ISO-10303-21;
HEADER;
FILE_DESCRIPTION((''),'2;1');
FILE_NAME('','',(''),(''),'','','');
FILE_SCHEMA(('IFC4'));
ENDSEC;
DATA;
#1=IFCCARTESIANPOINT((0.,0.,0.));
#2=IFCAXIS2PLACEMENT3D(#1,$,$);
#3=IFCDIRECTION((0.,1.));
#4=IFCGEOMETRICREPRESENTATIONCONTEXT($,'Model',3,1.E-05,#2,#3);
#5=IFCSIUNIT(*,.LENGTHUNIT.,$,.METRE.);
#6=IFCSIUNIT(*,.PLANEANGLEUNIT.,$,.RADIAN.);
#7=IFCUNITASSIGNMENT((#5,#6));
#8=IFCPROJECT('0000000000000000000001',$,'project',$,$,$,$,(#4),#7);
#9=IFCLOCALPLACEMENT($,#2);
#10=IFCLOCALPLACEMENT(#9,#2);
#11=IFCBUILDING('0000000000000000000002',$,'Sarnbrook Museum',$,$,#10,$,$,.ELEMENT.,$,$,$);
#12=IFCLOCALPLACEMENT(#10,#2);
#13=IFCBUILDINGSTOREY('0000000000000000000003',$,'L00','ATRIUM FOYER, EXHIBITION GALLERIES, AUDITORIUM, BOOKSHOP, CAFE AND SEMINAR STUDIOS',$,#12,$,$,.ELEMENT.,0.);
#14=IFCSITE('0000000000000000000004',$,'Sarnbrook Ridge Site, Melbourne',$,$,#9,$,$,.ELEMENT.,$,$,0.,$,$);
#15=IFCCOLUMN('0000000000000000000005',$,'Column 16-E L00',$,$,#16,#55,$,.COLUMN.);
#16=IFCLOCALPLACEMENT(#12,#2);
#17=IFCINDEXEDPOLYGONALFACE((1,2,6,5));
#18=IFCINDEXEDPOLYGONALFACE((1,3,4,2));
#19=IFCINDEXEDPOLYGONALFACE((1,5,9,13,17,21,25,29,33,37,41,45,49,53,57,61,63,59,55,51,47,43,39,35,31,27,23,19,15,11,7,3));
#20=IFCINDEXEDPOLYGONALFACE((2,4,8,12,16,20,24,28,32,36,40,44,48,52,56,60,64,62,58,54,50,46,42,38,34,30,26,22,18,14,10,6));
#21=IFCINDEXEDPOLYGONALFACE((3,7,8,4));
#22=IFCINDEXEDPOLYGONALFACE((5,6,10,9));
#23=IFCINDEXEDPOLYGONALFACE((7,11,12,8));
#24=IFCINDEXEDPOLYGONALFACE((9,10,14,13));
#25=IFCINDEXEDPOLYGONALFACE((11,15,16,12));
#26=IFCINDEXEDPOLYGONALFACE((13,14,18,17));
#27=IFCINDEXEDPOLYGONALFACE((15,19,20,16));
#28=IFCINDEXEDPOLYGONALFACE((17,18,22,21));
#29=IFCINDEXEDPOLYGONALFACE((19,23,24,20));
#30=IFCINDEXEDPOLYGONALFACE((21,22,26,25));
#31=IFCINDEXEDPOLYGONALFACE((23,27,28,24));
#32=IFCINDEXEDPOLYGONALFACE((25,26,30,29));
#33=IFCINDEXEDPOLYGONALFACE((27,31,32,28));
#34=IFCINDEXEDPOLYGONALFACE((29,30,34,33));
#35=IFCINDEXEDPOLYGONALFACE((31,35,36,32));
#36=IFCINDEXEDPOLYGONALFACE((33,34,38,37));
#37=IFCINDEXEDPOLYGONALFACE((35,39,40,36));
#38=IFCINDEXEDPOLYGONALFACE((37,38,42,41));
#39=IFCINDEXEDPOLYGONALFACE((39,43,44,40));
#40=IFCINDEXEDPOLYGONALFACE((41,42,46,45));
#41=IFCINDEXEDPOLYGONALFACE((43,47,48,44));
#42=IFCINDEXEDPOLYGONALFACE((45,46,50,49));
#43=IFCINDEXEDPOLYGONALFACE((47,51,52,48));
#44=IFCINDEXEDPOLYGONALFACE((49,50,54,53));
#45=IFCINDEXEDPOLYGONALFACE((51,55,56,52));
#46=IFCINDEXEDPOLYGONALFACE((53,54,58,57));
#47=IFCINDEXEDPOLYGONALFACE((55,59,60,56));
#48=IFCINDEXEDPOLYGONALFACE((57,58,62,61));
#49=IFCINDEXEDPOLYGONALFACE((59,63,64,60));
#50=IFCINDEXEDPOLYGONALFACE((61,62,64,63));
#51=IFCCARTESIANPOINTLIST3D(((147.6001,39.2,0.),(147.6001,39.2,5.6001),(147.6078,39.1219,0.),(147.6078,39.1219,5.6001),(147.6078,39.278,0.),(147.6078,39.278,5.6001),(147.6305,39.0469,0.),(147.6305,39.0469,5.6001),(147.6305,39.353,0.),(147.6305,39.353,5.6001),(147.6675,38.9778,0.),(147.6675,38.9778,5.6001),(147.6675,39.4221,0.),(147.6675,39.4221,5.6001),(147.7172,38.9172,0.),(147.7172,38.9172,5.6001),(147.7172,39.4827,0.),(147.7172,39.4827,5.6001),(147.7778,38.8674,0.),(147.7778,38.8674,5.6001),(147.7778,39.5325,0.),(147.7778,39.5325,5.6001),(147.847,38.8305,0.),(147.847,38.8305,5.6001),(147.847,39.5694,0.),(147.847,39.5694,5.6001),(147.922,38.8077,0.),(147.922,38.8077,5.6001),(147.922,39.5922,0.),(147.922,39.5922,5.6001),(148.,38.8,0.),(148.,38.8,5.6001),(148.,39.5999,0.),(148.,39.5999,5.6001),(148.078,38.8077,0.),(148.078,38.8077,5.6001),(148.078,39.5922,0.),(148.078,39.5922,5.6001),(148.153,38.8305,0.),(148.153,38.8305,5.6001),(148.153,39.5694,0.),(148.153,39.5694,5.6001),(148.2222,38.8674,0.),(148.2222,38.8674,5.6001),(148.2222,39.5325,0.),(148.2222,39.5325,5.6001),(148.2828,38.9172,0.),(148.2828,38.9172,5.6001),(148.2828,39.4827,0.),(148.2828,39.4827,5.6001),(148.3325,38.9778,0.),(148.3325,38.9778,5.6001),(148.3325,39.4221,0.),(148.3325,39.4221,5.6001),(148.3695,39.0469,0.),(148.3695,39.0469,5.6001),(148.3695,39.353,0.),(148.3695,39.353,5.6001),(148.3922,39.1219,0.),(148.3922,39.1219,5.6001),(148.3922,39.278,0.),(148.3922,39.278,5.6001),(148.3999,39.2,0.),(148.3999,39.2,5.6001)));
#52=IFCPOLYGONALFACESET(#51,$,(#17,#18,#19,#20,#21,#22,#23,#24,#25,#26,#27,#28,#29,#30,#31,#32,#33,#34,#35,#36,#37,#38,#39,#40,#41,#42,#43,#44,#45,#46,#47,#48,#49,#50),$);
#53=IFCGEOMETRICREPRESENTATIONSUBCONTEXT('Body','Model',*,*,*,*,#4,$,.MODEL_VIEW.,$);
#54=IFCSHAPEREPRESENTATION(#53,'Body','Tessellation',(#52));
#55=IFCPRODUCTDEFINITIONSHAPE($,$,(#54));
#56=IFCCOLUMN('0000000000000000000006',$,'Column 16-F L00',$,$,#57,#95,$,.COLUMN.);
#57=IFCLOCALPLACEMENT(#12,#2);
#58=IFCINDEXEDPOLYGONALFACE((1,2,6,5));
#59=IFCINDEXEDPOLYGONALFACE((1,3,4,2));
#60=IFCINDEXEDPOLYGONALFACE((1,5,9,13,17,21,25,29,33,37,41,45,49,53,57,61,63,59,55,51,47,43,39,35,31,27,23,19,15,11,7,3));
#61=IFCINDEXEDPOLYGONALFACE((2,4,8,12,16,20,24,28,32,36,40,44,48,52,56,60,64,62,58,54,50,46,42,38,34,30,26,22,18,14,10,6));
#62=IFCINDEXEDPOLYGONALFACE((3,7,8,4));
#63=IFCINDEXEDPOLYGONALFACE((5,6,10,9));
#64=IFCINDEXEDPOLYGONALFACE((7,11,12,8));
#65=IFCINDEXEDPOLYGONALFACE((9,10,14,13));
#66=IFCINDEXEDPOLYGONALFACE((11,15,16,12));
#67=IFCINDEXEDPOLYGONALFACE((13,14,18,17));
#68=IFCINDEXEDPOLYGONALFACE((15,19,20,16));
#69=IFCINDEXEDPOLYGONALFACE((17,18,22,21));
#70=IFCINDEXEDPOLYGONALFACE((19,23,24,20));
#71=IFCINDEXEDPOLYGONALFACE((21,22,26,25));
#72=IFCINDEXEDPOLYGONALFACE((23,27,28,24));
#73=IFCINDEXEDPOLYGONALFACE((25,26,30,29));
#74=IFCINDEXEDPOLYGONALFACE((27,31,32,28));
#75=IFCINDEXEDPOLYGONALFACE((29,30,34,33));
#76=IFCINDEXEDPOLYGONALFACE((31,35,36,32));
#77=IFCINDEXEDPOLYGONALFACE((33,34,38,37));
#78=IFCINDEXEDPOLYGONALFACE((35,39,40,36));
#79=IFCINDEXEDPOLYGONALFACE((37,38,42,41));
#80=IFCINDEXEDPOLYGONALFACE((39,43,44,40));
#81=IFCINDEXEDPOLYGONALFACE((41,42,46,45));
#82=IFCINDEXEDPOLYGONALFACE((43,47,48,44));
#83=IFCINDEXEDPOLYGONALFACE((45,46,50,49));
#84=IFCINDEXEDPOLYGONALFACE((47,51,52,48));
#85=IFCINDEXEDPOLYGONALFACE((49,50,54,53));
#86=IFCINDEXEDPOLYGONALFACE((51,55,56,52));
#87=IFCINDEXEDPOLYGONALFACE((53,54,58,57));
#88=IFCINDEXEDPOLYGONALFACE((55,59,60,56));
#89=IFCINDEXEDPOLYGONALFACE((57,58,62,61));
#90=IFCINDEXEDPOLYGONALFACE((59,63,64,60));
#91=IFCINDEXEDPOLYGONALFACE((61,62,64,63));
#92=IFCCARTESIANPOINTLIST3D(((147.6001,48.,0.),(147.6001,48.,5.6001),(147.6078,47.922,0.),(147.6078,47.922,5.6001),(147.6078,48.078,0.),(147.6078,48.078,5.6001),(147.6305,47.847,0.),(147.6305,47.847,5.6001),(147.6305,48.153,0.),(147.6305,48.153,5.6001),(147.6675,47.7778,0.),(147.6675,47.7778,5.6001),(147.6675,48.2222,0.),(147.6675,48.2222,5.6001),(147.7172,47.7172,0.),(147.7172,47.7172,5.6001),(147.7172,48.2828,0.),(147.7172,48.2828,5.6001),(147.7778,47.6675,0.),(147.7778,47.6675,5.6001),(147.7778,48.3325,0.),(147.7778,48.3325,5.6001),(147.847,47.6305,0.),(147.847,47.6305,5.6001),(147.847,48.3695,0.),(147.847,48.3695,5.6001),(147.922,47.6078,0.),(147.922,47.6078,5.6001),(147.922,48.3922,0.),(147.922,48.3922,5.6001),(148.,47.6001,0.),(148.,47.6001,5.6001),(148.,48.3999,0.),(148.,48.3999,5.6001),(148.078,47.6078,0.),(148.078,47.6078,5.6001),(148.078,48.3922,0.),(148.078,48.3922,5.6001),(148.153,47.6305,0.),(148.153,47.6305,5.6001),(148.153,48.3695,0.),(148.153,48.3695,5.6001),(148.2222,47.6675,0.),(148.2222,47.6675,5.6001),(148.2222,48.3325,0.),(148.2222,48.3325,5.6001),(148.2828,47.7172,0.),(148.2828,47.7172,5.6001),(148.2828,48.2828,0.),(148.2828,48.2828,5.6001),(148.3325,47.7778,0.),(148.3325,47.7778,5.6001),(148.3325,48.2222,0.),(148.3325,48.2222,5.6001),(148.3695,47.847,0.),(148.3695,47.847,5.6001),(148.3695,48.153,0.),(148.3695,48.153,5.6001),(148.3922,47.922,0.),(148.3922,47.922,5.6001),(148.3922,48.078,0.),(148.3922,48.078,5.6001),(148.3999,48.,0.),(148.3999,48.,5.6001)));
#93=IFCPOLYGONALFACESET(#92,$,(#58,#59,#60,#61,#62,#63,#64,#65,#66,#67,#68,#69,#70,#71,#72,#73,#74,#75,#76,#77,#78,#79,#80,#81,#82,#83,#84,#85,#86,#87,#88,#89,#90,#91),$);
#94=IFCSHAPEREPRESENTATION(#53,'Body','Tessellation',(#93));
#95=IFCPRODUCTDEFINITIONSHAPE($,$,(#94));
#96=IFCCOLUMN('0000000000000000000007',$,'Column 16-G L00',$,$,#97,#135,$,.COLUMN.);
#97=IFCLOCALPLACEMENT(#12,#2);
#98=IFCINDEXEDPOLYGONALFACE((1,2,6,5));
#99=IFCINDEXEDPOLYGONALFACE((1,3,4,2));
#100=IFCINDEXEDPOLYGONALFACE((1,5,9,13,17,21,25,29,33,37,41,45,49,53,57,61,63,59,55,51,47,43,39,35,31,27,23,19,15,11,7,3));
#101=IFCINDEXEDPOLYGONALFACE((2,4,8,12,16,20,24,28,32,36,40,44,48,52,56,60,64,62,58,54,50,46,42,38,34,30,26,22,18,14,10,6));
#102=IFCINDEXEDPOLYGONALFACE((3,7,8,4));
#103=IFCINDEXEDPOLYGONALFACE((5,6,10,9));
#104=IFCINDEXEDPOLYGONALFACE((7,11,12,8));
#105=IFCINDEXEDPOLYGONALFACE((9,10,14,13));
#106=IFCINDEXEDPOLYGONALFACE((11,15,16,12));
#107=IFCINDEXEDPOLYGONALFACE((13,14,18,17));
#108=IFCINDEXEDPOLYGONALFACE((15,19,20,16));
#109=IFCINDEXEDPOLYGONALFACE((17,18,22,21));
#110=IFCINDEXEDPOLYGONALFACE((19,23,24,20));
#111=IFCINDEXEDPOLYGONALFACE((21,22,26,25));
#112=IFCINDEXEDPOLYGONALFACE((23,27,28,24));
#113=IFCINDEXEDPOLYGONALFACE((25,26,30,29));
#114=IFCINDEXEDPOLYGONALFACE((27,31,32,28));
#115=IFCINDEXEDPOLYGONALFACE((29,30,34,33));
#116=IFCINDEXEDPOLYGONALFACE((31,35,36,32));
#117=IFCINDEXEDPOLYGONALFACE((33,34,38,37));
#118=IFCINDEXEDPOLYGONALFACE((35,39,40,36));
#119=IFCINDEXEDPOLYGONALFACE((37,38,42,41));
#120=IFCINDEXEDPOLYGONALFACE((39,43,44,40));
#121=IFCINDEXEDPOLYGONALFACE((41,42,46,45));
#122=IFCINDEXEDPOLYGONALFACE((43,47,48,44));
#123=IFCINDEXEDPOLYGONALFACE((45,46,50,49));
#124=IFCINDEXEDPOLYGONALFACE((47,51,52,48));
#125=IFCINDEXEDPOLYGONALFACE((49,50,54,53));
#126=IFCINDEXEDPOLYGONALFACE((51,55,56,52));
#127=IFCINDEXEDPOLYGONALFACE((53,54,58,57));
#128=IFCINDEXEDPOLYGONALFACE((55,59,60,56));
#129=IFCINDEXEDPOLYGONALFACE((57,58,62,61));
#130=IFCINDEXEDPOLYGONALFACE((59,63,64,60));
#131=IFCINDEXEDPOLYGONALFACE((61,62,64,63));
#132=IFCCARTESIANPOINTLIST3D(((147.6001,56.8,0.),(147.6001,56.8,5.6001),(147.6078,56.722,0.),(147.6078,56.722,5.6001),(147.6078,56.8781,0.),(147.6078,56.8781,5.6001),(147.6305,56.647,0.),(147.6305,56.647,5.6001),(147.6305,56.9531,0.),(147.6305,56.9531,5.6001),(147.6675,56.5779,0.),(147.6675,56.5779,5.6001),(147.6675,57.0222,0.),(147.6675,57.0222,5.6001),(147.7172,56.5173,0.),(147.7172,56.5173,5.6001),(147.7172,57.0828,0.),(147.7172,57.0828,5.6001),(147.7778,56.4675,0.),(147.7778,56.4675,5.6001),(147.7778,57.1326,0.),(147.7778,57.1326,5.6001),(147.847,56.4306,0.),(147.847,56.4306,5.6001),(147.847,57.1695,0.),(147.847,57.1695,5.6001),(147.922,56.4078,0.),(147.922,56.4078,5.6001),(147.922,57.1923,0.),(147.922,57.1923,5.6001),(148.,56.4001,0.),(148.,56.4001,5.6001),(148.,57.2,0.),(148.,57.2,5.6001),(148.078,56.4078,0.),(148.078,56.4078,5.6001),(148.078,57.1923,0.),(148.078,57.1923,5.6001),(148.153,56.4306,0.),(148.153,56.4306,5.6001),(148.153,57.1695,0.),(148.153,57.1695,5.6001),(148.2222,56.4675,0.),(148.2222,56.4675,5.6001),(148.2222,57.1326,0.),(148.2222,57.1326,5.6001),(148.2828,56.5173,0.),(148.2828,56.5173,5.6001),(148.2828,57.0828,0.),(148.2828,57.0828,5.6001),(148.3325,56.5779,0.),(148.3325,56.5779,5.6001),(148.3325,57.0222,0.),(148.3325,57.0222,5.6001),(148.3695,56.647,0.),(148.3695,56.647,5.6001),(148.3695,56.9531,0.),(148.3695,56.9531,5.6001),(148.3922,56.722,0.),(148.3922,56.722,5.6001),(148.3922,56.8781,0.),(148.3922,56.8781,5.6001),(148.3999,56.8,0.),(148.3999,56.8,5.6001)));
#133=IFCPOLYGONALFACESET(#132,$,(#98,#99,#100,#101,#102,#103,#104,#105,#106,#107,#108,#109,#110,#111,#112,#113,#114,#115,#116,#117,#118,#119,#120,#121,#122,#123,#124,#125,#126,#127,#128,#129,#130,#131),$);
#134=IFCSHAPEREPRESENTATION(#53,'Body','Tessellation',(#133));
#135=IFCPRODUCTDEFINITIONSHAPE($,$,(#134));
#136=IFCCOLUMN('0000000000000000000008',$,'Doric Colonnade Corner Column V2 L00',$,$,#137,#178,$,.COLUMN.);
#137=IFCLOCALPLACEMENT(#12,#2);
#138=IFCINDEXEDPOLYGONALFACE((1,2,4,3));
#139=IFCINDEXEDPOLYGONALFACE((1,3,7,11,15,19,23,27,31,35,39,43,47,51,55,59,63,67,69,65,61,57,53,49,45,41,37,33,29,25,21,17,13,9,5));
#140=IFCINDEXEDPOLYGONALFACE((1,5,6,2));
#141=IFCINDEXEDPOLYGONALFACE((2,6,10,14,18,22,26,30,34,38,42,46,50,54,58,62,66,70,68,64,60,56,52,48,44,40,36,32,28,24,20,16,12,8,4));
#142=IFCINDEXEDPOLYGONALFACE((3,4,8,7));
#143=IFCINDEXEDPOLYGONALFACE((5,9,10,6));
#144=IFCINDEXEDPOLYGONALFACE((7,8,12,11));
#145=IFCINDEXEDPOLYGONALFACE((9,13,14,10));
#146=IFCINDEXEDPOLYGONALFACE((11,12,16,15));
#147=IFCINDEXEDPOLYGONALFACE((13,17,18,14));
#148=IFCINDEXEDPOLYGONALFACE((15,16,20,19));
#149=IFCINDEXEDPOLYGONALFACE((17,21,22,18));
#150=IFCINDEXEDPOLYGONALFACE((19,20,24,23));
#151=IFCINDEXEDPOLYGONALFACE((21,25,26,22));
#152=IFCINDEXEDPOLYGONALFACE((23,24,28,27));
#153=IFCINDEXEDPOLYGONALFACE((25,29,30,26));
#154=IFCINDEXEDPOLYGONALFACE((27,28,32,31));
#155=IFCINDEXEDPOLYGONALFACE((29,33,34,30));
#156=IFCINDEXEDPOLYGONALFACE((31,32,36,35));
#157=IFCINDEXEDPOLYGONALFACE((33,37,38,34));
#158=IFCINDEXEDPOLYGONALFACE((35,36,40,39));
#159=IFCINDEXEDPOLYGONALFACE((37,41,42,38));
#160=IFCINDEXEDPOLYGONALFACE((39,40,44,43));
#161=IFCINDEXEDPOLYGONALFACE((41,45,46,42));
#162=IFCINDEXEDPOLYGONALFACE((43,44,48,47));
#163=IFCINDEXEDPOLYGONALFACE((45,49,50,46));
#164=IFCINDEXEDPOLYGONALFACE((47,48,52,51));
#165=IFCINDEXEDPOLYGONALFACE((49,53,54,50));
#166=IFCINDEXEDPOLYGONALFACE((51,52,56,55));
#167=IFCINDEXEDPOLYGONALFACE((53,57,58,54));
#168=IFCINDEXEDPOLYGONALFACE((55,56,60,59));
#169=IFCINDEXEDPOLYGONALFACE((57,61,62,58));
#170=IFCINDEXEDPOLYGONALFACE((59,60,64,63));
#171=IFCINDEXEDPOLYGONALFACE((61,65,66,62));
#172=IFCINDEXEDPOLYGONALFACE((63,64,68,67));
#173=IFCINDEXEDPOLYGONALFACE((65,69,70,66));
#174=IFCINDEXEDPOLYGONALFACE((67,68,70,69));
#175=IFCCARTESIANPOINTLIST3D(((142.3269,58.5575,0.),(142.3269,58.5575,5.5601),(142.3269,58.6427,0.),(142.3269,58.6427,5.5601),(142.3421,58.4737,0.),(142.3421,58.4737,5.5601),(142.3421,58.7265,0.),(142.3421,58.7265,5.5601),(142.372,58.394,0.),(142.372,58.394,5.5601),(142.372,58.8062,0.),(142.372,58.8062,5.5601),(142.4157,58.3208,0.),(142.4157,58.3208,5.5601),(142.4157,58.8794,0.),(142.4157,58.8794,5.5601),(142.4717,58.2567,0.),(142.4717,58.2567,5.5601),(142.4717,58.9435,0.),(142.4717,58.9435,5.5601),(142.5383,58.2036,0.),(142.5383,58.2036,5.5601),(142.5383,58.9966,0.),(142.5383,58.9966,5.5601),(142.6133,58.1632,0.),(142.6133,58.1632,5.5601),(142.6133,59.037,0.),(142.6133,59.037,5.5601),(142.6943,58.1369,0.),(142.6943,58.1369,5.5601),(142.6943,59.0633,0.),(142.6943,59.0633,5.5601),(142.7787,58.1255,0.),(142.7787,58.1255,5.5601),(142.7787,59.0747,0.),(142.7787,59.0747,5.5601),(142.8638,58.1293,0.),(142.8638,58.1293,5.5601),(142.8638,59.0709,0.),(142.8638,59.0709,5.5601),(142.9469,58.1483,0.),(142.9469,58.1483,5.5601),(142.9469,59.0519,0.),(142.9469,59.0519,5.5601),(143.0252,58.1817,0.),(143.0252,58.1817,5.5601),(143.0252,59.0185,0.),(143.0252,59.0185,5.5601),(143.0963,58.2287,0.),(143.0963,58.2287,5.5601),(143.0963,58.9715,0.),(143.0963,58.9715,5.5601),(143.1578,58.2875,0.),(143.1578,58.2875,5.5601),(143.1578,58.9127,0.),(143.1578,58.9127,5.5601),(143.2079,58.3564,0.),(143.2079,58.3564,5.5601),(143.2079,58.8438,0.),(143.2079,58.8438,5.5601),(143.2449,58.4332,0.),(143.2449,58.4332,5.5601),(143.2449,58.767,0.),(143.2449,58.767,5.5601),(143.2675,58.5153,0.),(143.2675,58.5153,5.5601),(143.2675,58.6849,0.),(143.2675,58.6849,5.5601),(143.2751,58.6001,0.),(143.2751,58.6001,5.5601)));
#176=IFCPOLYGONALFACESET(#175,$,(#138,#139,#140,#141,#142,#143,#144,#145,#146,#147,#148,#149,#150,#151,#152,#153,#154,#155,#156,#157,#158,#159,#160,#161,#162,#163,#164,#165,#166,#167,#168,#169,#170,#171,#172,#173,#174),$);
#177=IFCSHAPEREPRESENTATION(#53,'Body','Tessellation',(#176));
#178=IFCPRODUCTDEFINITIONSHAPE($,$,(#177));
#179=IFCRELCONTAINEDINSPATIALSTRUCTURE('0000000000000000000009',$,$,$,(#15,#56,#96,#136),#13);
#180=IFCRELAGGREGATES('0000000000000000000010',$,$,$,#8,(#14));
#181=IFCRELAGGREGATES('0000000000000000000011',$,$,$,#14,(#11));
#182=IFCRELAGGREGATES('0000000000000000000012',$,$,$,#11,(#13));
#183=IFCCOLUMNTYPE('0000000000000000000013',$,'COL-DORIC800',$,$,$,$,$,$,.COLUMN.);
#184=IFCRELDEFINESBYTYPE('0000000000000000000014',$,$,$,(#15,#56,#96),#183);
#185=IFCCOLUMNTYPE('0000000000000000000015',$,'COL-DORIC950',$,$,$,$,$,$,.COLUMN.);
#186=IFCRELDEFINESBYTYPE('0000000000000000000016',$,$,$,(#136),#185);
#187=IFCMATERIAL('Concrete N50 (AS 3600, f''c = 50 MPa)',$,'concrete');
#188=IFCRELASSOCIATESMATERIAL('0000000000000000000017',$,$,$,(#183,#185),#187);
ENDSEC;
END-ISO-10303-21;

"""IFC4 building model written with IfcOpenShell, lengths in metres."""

from ifc_helpers import new_model, si_unit, direction, frame, origin, origin_2d, place, context, subcontext, project, spatial, circle, extrude, material, material_profile, profile_set, type_object, element, save


model = new_model("IFC4")

# Units and contexts
model_context = context("Model", 3, precision=1e-05, world=origin(), true_north=direction((0.0, 1.0)))
body_context = subcontext(model_context, "Body", "Model", "MODEL_VIEW")
ifc_project = project(units=[si_unit("LENGTHUNIT", "METRE"), si_unit("PLANEANGLEUNIT", "RADIAN")], contexts=[model_context])

# Site, building, storey
site_placement = place(None, origin())
site = spatial("IfcSite", under=ifc_project, at=site_placement, Name="Sarnbrook Ridge Site, Melbourne", CompositionType="ELEMENT", RefElevation=0.0)
building_placement = place(site_placement, origin())
building = spatial("IfcBuilding", under=site, at=building_placement, Name="Sarnbrook Museum", CompositionType="ELEMENT")
storey_placement = place(building_placement, origin())
storey = spatial("IfcBuildingStorey", under=building, at=storey_placement, Name="L00", Description="ATRIUM FOYER, EXHIBITION GALLERIES, AUDITORIUM, BOOKSHOP, CAFE AND SEMINAR STUDIOS", CompositionType="ELEMENT", Elevation=0.0)

# Columns
ifc_material_1 = material(Name="Concrete N50 (AS 3600, f'c = 50 MPa)", Category="concrete")
ifc_material_profile_1 = material_profile(ifc_material_1, circle(Radius=0.3999, at=origin_2d()), Name="DORIC D800")
ifc_profile_set_1 = profile_set([ifc_material_profile_1], Name="Concrete N50 (AS 3600, f'c = 50 MPa)")
column_type_1 = type_object("IfcColumnType", Name="COL-DORIC800", PredefinedType="COLUMN", material=ifc_profile_set_1)
for number, where, z_axis, x_axis, name in (
    (1, (148.0, 39.2, 0.0), (0.0, 0.0, 1.0), (1.0, 0.0, 0.0), "Column 16-E L00"),
    (2, (148.0, 48.0, 0.0), (0.0, 0.0, 1.0), (1.0, 0.0, 0.0), "Column 16-F L00"),
    (3, (148.0, 56.8, 0.0), (0.0, 0.0, 1.0), (1.0, 0.0, 0.0), "Column 16-G L00"),
):
    element("IfcColumn", number, at=place(storey_placement, frame(where, z_axis=z_axis, x_axis=x_axis)), inside=storey, type_object=column_type_1, Name=name, PredefinedType="COLUMN", context=body_context, shape_type="SweptSolid", body=[
        extrude(circle(Radius=0.3999, at=origin_2d()), origin(), (0.0, 0.0, 1.0), 5.6001),
    ])
ifc_material_profile_2 = material_profile(ifc_material_1, circle(Radius=0.4751, at=origin_2d()), Name="DORIC D950")
ifc_profile_set_2 = profile_set([ifc_material_profile_2], Name="Concrete N50 (AS 3600, f'c = 50 MPa)")
column_type_2 = type_object("IfcColumnType", Name="COL-DORIC950", PredefinedType="COLUMN", material=ifc_profile_set_2)
column_placement = place(storey_placement, frame((142.8, 58.6001, 0.0), z_axis=(0.0, 0.0, 1.0), x_axis=(1.0, 0.0, 0.0)))
element("IfcColumn", 4, at=column_placement, inside=storey, type_object=column_type_2, Name="Doric Colonnade Corner Column V2 L00", PredefinedType="COLUMN", context=body_context, shape_type="SweptSolid", body=[
    extrude(circle(Radius=0.4751, at=origin_2d()), origin(), (0.0, 0.0, 1.0), 5.5601),
])

save(model, "model.ifc")
